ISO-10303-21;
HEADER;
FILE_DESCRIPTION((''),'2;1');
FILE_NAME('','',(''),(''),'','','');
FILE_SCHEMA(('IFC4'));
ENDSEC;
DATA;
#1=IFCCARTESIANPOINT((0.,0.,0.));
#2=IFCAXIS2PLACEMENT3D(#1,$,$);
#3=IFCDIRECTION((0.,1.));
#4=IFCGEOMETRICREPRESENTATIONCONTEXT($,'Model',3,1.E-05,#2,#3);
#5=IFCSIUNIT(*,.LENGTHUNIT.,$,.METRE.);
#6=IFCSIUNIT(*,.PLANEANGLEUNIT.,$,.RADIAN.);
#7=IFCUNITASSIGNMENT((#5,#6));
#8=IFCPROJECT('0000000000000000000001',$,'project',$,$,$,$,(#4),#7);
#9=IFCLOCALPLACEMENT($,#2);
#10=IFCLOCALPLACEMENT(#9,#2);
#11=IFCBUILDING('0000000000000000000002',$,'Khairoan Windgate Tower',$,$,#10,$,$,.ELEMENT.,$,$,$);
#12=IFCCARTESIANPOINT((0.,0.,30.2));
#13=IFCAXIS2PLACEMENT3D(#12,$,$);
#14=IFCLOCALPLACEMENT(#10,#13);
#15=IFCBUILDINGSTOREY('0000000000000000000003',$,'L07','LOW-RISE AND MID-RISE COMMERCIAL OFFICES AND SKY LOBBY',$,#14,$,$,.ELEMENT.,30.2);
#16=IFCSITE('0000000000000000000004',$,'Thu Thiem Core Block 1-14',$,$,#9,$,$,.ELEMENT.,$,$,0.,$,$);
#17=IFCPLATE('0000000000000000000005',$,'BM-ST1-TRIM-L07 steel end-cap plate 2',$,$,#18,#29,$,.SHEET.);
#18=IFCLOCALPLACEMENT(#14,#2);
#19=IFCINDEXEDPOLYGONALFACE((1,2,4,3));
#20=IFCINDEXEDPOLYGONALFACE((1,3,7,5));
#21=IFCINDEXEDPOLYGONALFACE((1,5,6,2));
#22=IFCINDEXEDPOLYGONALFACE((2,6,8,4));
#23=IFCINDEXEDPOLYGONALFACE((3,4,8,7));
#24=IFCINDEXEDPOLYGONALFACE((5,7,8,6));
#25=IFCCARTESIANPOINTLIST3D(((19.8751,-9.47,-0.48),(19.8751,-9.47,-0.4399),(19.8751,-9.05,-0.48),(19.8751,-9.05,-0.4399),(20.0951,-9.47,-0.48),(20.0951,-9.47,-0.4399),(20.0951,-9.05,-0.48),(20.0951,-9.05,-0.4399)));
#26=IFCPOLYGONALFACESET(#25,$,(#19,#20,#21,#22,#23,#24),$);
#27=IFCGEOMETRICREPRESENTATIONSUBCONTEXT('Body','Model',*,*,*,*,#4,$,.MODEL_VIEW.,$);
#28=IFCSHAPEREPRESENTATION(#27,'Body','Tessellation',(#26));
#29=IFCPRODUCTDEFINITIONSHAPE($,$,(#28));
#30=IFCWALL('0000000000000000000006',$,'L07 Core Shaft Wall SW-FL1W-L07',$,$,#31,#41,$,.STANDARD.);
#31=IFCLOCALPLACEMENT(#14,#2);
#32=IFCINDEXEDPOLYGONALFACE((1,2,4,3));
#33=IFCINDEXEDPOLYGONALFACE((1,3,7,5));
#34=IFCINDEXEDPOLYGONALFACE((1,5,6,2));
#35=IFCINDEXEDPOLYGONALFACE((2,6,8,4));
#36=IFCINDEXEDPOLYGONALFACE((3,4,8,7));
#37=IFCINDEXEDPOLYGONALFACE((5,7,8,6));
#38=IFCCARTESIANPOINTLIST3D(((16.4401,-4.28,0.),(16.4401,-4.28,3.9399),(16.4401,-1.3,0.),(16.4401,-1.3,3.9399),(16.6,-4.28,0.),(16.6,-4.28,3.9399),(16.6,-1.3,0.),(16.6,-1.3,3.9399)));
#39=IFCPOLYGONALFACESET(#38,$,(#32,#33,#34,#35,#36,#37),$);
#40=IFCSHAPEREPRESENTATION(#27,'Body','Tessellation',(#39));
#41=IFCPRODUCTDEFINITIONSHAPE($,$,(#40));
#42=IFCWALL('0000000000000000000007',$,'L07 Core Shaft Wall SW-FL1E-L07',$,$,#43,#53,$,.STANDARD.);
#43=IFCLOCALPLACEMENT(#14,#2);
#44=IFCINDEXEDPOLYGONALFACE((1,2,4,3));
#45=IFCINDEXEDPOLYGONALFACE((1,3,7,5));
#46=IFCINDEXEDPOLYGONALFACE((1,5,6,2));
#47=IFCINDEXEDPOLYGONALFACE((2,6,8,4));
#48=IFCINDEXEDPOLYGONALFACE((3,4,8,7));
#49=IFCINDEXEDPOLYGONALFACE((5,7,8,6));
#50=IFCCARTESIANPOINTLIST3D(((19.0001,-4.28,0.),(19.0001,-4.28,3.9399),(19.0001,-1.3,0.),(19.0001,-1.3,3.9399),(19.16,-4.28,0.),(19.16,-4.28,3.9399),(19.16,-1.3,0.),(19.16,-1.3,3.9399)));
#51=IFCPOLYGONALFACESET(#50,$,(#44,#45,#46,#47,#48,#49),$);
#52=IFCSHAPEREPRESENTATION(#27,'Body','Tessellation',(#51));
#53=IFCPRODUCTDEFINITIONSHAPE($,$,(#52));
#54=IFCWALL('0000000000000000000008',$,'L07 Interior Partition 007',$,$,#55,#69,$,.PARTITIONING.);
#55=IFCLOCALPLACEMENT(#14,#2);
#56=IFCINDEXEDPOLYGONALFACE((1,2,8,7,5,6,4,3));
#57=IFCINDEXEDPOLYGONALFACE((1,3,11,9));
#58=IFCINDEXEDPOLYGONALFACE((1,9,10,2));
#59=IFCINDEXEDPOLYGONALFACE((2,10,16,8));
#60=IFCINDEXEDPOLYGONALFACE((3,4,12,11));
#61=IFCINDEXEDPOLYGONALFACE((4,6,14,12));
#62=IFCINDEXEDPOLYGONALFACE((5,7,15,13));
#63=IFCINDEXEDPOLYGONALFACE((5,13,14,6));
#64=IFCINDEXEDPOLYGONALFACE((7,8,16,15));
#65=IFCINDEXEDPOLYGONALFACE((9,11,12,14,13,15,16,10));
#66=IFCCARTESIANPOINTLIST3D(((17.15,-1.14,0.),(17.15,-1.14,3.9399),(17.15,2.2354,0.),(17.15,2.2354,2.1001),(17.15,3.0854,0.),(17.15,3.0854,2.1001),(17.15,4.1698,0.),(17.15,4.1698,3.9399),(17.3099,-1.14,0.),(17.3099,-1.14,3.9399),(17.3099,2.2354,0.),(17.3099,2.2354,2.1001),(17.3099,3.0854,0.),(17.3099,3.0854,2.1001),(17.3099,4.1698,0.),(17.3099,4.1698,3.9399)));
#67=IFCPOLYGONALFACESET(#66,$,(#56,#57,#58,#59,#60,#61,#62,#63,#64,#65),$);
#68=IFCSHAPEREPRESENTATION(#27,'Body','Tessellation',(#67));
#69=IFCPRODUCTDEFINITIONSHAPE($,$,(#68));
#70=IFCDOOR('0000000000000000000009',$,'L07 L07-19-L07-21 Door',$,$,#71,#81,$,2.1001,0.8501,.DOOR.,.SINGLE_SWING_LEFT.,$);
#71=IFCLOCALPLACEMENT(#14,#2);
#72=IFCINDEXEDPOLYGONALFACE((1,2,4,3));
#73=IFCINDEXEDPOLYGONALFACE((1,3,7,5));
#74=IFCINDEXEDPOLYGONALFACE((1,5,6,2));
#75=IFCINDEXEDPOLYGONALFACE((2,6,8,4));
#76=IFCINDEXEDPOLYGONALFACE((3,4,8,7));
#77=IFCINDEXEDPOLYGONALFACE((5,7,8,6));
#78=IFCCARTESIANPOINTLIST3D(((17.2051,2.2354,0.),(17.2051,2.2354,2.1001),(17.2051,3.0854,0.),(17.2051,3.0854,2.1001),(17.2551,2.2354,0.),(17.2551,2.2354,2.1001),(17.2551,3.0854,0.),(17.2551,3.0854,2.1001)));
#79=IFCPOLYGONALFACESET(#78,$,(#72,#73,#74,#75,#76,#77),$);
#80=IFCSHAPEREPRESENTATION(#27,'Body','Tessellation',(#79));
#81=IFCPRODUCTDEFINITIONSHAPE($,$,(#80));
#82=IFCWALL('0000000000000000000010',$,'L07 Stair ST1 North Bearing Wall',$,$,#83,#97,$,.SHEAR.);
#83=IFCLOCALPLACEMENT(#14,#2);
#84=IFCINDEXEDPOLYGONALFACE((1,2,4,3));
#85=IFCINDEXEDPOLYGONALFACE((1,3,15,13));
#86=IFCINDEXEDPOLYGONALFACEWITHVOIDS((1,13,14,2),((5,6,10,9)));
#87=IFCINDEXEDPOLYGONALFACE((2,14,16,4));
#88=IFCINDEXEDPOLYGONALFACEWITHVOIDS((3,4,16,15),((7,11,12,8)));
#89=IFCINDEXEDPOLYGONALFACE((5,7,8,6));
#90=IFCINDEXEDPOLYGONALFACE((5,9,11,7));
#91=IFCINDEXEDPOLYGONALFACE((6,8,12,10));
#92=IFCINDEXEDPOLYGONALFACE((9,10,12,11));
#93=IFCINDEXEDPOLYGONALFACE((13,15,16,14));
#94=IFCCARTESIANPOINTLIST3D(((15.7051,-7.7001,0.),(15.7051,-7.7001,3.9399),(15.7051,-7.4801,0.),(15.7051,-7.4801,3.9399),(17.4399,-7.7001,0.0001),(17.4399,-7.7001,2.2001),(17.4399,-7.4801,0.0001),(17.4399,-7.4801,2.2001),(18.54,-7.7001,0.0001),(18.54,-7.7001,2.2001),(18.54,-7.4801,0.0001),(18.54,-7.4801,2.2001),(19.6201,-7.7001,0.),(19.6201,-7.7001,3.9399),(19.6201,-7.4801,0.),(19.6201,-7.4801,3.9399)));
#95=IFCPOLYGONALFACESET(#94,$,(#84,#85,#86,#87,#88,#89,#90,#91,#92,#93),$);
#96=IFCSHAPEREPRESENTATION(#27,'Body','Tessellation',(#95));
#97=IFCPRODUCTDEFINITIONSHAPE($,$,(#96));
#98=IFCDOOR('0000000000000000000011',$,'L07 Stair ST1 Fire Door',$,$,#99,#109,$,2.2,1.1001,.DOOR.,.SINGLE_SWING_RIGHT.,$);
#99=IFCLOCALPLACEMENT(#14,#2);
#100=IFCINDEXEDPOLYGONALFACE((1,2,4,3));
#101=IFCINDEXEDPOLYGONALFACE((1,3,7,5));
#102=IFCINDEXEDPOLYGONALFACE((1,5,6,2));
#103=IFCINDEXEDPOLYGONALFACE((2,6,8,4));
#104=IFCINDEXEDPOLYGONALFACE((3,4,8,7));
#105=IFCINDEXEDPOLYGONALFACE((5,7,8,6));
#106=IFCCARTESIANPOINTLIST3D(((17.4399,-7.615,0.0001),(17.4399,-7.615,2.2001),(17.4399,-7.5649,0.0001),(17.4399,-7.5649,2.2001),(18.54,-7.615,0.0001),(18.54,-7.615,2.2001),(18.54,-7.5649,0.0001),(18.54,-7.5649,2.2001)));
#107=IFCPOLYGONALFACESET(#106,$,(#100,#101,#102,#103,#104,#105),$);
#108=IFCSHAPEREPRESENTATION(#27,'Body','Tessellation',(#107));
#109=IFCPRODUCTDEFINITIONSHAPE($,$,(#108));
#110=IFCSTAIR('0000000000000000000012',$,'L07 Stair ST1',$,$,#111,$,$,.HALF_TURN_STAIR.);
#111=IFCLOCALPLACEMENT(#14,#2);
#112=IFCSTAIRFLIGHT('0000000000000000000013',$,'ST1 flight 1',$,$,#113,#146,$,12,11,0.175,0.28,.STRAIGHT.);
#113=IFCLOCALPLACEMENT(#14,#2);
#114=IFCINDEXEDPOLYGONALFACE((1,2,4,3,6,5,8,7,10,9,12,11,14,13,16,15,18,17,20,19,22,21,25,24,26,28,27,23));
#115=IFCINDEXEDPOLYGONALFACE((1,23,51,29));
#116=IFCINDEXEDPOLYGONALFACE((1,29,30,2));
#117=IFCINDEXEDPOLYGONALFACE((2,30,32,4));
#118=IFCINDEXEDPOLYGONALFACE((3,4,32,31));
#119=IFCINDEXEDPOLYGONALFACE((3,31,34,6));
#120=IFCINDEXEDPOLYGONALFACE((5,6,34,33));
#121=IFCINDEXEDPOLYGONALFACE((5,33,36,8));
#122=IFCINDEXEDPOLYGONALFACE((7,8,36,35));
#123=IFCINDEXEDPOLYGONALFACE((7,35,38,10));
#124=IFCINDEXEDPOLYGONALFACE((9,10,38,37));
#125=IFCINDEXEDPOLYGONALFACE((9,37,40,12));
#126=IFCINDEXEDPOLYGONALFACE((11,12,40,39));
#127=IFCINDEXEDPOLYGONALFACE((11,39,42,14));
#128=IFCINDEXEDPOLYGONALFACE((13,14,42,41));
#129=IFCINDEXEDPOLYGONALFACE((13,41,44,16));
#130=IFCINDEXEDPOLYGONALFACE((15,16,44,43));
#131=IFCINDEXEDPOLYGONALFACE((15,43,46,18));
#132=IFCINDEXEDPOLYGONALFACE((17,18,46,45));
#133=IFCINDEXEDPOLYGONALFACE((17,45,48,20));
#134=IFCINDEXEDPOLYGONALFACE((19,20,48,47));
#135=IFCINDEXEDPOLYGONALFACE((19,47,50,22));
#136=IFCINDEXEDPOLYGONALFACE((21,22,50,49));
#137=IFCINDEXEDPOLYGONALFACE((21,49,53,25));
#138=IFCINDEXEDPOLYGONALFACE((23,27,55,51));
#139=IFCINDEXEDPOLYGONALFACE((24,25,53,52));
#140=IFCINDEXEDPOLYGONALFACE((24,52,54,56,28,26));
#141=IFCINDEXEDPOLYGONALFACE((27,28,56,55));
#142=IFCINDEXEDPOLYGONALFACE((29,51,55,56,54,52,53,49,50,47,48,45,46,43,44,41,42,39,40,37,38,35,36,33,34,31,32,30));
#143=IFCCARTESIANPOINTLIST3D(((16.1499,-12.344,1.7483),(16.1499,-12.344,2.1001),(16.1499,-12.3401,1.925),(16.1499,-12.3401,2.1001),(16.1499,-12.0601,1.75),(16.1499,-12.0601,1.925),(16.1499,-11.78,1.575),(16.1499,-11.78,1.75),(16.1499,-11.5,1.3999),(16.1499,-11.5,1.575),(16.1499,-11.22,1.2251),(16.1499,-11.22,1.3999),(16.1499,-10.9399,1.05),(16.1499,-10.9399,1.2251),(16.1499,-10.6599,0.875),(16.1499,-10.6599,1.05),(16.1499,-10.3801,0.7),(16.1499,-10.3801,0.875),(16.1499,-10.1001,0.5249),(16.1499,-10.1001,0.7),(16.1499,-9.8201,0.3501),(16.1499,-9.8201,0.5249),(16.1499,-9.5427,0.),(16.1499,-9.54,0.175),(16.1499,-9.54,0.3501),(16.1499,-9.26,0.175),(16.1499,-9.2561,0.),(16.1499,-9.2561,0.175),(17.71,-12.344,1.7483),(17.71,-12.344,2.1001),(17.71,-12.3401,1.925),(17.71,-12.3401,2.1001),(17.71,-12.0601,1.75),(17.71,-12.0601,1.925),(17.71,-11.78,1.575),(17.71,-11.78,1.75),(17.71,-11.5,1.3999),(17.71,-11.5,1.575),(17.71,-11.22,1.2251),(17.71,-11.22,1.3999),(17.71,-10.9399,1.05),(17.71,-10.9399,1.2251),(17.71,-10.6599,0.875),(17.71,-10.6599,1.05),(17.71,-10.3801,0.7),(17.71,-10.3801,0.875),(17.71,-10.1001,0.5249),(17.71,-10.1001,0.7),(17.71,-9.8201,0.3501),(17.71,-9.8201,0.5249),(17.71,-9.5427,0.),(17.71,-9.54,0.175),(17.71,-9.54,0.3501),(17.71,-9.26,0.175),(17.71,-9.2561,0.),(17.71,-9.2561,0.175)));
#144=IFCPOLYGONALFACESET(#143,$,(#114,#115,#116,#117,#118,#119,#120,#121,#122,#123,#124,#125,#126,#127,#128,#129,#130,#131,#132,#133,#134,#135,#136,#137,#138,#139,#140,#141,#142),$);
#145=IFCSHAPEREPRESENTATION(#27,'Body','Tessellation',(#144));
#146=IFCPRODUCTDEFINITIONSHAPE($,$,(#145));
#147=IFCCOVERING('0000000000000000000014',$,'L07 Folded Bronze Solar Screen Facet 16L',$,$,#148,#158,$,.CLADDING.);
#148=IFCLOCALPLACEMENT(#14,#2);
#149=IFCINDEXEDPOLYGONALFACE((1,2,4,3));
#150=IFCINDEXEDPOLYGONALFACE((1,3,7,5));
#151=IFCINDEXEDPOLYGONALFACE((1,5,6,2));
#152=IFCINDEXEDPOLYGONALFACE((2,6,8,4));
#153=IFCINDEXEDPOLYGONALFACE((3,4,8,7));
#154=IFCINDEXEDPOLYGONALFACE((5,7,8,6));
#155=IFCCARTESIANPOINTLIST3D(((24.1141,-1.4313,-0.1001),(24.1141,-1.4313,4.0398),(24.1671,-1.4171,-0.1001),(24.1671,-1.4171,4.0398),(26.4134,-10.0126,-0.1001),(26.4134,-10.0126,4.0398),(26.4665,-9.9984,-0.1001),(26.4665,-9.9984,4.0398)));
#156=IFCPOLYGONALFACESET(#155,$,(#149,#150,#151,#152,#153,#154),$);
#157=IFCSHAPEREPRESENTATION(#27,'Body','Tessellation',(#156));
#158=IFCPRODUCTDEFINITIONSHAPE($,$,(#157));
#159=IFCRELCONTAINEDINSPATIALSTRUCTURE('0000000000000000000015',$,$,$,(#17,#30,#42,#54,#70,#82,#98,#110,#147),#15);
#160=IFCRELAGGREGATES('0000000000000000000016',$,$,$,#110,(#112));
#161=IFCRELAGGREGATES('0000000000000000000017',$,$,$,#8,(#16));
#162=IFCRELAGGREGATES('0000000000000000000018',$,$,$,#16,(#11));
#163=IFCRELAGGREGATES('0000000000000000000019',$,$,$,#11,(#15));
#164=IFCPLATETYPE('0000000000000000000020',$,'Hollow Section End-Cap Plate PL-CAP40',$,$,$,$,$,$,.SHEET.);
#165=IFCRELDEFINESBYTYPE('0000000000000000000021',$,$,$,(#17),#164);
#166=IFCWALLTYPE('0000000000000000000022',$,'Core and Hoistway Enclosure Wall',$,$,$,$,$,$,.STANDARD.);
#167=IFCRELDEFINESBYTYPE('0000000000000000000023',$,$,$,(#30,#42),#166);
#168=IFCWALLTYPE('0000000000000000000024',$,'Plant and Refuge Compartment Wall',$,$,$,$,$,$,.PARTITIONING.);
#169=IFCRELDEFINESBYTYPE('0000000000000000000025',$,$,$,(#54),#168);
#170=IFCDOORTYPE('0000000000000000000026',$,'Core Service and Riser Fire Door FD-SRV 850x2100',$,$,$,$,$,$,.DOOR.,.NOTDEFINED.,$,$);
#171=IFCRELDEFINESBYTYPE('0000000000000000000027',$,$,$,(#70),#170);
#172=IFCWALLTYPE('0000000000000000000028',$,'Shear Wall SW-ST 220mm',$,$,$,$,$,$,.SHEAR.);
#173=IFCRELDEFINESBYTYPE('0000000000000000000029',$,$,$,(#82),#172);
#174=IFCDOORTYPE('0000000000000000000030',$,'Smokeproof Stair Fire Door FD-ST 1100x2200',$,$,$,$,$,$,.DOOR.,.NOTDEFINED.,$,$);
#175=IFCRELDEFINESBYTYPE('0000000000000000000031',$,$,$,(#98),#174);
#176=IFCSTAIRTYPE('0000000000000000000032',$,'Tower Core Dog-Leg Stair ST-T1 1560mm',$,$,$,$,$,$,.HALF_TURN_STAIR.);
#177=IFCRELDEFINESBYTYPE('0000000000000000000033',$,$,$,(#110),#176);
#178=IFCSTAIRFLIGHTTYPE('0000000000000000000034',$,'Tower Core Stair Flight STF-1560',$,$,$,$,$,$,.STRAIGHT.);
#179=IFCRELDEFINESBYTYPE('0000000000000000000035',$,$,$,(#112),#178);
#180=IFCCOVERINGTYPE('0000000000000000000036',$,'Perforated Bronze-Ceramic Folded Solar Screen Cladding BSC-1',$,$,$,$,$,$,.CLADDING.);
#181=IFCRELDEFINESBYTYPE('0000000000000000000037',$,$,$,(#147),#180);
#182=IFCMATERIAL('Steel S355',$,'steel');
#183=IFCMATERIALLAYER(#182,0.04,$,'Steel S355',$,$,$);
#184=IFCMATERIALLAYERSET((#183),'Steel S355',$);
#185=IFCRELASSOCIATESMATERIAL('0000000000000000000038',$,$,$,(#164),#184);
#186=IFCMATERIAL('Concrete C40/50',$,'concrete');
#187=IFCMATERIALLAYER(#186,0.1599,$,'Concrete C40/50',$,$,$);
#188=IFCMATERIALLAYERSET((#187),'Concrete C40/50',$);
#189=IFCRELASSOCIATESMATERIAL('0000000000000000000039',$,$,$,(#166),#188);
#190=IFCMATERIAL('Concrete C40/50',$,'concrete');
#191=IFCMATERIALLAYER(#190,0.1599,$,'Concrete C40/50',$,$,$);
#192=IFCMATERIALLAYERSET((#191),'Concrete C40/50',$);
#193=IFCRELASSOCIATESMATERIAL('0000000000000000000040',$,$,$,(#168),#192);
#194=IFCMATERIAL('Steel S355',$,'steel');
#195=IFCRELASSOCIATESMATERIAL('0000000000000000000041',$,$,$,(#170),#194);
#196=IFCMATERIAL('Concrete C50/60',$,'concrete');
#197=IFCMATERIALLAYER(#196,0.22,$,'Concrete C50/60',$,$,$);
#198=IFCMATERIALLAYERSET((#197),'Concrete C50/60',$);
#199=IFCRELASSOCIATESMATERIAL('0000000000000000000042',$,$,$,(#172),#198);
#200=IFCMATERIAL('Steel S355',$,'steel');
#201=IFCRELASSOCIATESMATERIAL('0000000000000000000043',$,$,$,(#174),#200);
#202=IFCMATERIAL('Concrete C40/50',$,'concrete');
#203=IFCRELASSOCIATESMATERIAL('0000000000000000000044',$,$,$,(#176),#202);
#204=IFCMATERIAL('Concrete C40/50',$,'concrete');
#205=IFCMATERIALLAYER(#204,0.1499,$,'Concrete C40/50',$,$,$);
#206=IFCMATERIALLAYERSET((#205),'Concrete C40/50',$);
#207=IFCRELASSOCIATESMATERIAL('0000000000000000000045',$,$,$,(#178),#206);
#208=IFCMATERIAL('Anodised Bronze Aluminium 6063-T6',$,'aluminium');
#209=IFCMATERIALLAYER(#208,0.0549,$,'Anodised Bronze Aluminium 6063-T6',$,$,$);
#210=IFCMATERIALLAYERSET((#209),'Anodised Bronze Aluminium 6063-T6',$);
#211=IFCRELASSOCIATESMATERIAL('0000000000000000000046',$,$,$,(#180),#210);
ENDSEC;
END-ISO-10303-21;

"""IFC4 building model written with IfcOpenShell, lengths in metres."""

from ifc_helpers import new_model, si_unit, direction, frame, frame_2d, origin, origin_2d, place, context, subcontext, project, spatial, polyline, rectangle, outline, extrude, material, layer, layer_set, type_object, element, fill, aggregate, save


model = new_model("IFC4")

# Units and contexts
model_context = context("Model", 3, precision=1e-05, world=origin(), true_north=direction((0.0, 1.0)))
body_context = subcontext(model_context, "Body", "Model", "MODEL_VIEW")
ifc_project = project(units=[si_unit("LENGTHUNIT", "METRE"), si_unit("PLANEANGLEUNIT", "RADIAN")], contexts=[model_context])

# Site, building, storey
site_placement = place(None, origin())
site = spatial("IfcSite", under=ifc_project, at=site_placement, Name="Thu Thiem Core Block 1-14", CompositionType="ELEMENT", RefElevation=0.0)
building_placement = place(site_placement, origin())
building = spatial("IfcBuilding", under=site, at=building_placement, Name="Khairoan Windgate Tower", CompositionType="ELEMENT")
storey_placement = place(building_placement, frame((0.0, 0.0, 30.2)))
storey = spatial("IfcBuildingStorey", under=building, at=storey_placement, Name="L07", Description="LOW-RISE AND MID-RISE COMMERCIAL OFFICES AND SKY LOBBY", CompositionType="ELEMENT", Elevation=30.2)

# Plate
ifc_material_1 = material(Name="Steel S355", Category="steel")
ifc_layer_1 = layer(ifc_material_1, 0.04, Name="Steel S355")
ifc_layer_set_1 = layer_set([ifc_layer_1], Name="Steel S355")
plate_type = type_object("IfcPlateType", Name="Hollow Section End-Cap Plate PL-CAP40", PredefinedType="SHEET", material=ifc_layer_set_1)
for number, where, z_axis, x_axis, name in (
    (1, (19.9851, -9.26, -0.48), (0.0, 0.0, 1.0), (1.0, 0.0, 0.0), "BM-ST1-TRIM-L07 steel end-cap plate 2"),
):
    element("IfcPlate", number, at=place(storey_placement, frame(where, z_axis=z_axis, x_axis=x_axis)), inside=storey, type_object=plate_type, Name=name, PredefinedType="SHEET", context=body_context, shape_type="SweptSolid", body=[
        extrude(rectangle(XDim=0.22, YDim=0.4199, at=origin_2d()), origin(), (0.0, 0.0, 1.0), 0.04),
    ])

# Walls
ifc_material_2 = material(Name="Concrete C40/50", Category="concrete")
ifc_layer_2 = layer(ifc_material_2, 0.1599, Name="Concrete C40/50")
ifc_layer_set_2 = layer_set([ifc_layer_2], Name="Concrete C40/50")
wall_type_1 = type_object("IfcWallType", Name="Core and Hoistway Enclosure Wall", PredefinedType="STANDARD", material=ifc_layer_set_2)
for number, where, z_axis, x_axis, name in (
    (2, (16.52, -4.28, 0.0), (0.0, 0.0, 1.0), (0.0, 1.0, 0.0), "L07 Core Shaft Wall SW-FL1W-L07"),
    (3, (19.0801, -4.28, 0.0), (0.0, 0.0, 1.0), (0.0, 1.0, 0.0), "L07 Core Shaft Wall SW-FL1E-L07"),
):
    element("IfcWall", number, at=place(storey_placement, frame(where, z_axis=z_axis, x_axis=x_axis)), inside=storey, type_object=wall_type_1, Name=name, PredefinedType="STANDARD", context=body_context, shape_type="SweptSolid", body=[
        extrude(rectangle(XDim=2.98, YDim=0.1599, at=frame_2d((1.49, 0.0))), origin(), (0.0, 0.0, 1.0), 3.9399),
    ])

# Walls, openings, doors
ifc_material_3 = material(Name="Concrete C40/50", Category="concrete")
ifc_layer_3 = layer(ifc_material_3, 0.1599, Name="Concrete C40/50")
ifc_layer_set_3 = layer_set([ifc_layer_3], Name="Concrete C40/50")
wall_type_2 = type_object("IfcWallType", Name="Plant and Refuge Compartment Wall", PredefinedType="PARTITIONING", material=ifc_layer_set_3)
wall_1_placement = place(storey_placement, frame((17.23, -1.1399, 0.0), z_axis=(0.0, 0.0, 1.0), x_axis=(0.0, 1.0, 0.0)))
wall_1 = element("IfcWall", 4, at=wall_1_placement, inside=storey, type_object=wall_type_2, Name="L07 Interior Partition 007", PredefinedType="PARTITIONING", context=body_context, shape_type="SweptSolid", body=[
    extrude(rectangle(XDim=5.3098, YDim=0.1599, at=frame_2d((2.6548, 0.0))), origin(), (0.0, 0.0, 1.0), 3.9399),
])
opening_1_placement = place(wall_1_placement, frame((3.3752, 0.0, 0.0)))
opening_1 = element("IfcOpeningElement", 5, at=opening_1_placement, cuts=wall_1, PredefinedType="OPENING", context=body_context, shape_type="SweptSolid", body=[
    extrude(rectangle(XDim=0.8501, YDim=2.1001, at=frame_2d((0.425, 1.05))), frame((0.0, 0.0898, 0.0), z_axis=(0.0, -1.0, 0.0), x_axis=(1.0, 0.0, 0.0)), (0.0, 0.0, 1.0), 0.1799),
])
ifc_material_4 = material(Name="Steel S355", Category="steel")
door_type_1 = type_object("IfcDoorType", Name="Core Service and Riser Fire Door FD-SRV 850x2100", OperationType="NOTDEFINED", PredefinedType="DOOR", material=ifc_material_4)
door_1_placement = place(opening_1_placement, origin())
door_1 = element("IfcDoor", 6, at=door_1_placement, inside=storey, type_object=door_type_1, Name="L07 L07-19-L07-21 Door", OperationType="SINGLE_SWING_LEFT", OverallHeight=2.1001, OverallWidth=0.8501, PredefinedType="DOOR", context=body_context, shape_type="SweptSolid", body=[
    extrude(rectangle(XDim=0.8501, YDim=2.1001, at=frame_2d((0.425, 1.05))), frame((0.0, 0.0249, 0.0), z_axis=(0.0, -1.0, 0.0), x_axis=(1.0, 0.0, 0.0)), (0.0, 0.0, 1.0), 0.05),
])
fill(opening_1, door_1)
ifc_material_5 = material(Name="Concrete C50/60", Category="concrete")
ifc_layer_4 = layer(ifc_material_5, 0.22, Name="Concrete C50/60")
ifc_layer_set_4 = layer_set([ifc_layer_4], Name="Concrete C50/60")
wall_type_3 = type_object("IfcWallType", Name="Shear Wall SW-ST 220mm", PredefinedType="SHEAR", material=ifc_layer_set_4)
wall_2_placement = place(storey_placement, frame((19.6201, -7.5901, 0.0), z_axis=(0.0, 0.0, 1.0), x_axis=(-1.0, 0.0, 0.0)))
wall_2 = element("IfcWall", 7, at=wall_2_placement, inside=storey, type_object=wall_type_3, Name="L07 Stair ST1 North Bearing Wall", PredefinedType="SHEAR", context=body_context, shape_type="SweptSolid", body=[
    extrude(rectangle(XDim=3.915, YDim=0.22, at=frame_2d((1.9575, 0.0))), origin(), (0.0, 0.0, 1.0), 3.9399),
])
opening_2_placement = place(wall_2_placement, frame((1.0801, 0.0, 0.0)))
opening_2 = element("IfcOpeningElement", 8, at=opening_2_placement, cuts=wall_2, PredefinedType="OPENING", context=body_context, shape_type="SweptSolid", body=[
    extrude(rectangle(XDim=1.1001, YDim=2.2, at=frame_2d((0.55, 1.1001))), frame((0.0, 0.1199, 0.0), z_axis=(0.0, -1.0, 0.0), x_axis=(1.0, 0.0, 0.0)), (0.0, 0.0, 1.0), 0.24),
])
ifc_material_6 = material(Name="Steel S355", Category="steel")
door_type_2 = type_object("IfcDoorType", Name="Smokeproof Stair Fire Door FD-ST 1100x2200", OperationType="NOTDEFINED", PredefinedType="DOOR", material=ifc_material_6)
door_2_placement = place(opening_2_placement, origin())
door_2 = element("IfcDoor", 9, at=door_2_placement, inside=storey, type_object=door_type_2, Name="L07 Stair ST1 Fire Door", OperationType="SINGLE_SWING_RIGHT", OverallHeight=2.2, OverallWidth=1.1001, PredefinedType="DOOR", context=body_context, shape_type="SweptSolid", body=[
    extrude(rectangle(XDim=1.1001, YDim=2.2, at=frame_2d((0.55, 1.1001))), frame((0.0, 0.0249, 0.0), z_axis=(0.0, -1.0, 0.0), x_axis=(1.0, 0.0, 0.0)), (0.0, 0.0, 1.0), 0.05),
])
fill(opening_2, door_2)

# Stair, stair flight
ifc_material_7 = material(Name="Concrete C40/50", Category="concrete")
stair_type = type_object("IfcStairType", Name="Tower Core Dog-Leg Stair ST-T1 1560mm", PredefinedType="HALF_TURN_STAIR", material=ifc_material_7)
stair_placement = place(storey_placement, origin())
stair = element("IfcStair", 10, at=stair_placement, inside=storey, type_object=stair_type, Name="L07 Stair ST1", PredefinedType="HALF_TURN_STAIR")
ifc_material_8 = material(Name="Concrete C40/50", Category="concrete")
ifc_layer_5 = layer(ifc_material_8, 0.1499, Name="Concrete C40/50")
ifc_layer_set_5 = layer_set([ifc_layer_5], Name="Concrete C40/50")
stair_flight_type = type_object("IfcStairFlightType", Name="Tower Core Stair Flight STF-1560", PredefinedType="STRAIGHT", material=ifc_layer_set_5)
stair_flight_placement = place(storey_placement, frame((16.9299, -9.26, 0.0), z_axis=(0.0, 0.0, 1.0), x_axis=(0.0, -1.0, 0.0)))
stair_flight = element("IfcStairFlight", 11, at=stair_flight_placement, type_object=stair_flight_type, Name="ST1 flight 1", NumberOfRisers=12, NumberOfTreads=11, PredefinedType="STRAIGHT", RiserHeight=0.175, TreadLength=0.28, context=body_context, shape_type="SweptSolid", body=[
    extrude(outline(polyline([(-0.0039, 0.0), (-0.0039, 0.175), (0.0, 0.175), (0.28, 0.175), (0.28, 0.3501), (0.5601, 0.3501), (0.5601, 0.5249), (0.8401, 0.5249), (0.8401, 0.7), (1.1201, 0.7), (1.1201, 0.875), (1.3999, 0.875), (1.3999, 1.05), (1.6799, 1.05), (1.6799, 1.2251), (1.96, 1.2251), (1.96, 1.3999), (2.24, 1.3999), (2.24, 1.575), (2.52, 1.575), (2.52, 1.75), (2.8, 1.75), (2.8, 1.925), (3.0801, 1.925), (3.0801, 2.1001), (3.084, 2.1001), (3.084, 1.7483), (0.2827, 0.0), (-0.0039, 0.0)])), frame((0.0, 0.78, 0.0), z_axis=(0.0, -1.0, 0.0), x_axis=(1.0, 0.0, 0.0)), (0.0, 0.0, 1.0), 1.5601),
])
aggregate(stair, [stair_flight])

# Covering
ifc_material_9 = material(Name="Anodised Bronze Aluminium 6063-T6", Category="aluminium")
ifc_layer_6 = layer(ifc_material_9, 0.0549, Name="Anodised Bronze Aluminium 6063-T6")
ifc_layer_set_6 = layer_set([ifc_layer_6], Name="Anodised Bronze Aluminium 6063-T6")
covering_type = type_object("IfcCoveringType", Name="Perforated Bronze-Ceramic Folded Solar Screen Cladding BSC-1", PredefinedType="CLADDING", material=ifc_layer_set_6)
covering_placement = place(storey_placement, frame((25.2903, -5.7148, -0.1001), z_axis=(0.0, 0.0, 1.0), x_axis=(0.258819, -0.965926, 0.0)))
element("IfcCovering", 12, at=covering_placement, inside=storey, type_object=covering_type, Name="L07 Folded Bronze Solar Screen Facet 16L", PredefinedType="CLADDING", context=body_context, shape_type="SweptSolid", body=[
    extrude(rectangle(XDim=8.884, YDim=0.0549, at=origin_2d()), origin(), (0.0, 0.0, 1.0), 4.1399),
])

save(model, "model.ifc")
